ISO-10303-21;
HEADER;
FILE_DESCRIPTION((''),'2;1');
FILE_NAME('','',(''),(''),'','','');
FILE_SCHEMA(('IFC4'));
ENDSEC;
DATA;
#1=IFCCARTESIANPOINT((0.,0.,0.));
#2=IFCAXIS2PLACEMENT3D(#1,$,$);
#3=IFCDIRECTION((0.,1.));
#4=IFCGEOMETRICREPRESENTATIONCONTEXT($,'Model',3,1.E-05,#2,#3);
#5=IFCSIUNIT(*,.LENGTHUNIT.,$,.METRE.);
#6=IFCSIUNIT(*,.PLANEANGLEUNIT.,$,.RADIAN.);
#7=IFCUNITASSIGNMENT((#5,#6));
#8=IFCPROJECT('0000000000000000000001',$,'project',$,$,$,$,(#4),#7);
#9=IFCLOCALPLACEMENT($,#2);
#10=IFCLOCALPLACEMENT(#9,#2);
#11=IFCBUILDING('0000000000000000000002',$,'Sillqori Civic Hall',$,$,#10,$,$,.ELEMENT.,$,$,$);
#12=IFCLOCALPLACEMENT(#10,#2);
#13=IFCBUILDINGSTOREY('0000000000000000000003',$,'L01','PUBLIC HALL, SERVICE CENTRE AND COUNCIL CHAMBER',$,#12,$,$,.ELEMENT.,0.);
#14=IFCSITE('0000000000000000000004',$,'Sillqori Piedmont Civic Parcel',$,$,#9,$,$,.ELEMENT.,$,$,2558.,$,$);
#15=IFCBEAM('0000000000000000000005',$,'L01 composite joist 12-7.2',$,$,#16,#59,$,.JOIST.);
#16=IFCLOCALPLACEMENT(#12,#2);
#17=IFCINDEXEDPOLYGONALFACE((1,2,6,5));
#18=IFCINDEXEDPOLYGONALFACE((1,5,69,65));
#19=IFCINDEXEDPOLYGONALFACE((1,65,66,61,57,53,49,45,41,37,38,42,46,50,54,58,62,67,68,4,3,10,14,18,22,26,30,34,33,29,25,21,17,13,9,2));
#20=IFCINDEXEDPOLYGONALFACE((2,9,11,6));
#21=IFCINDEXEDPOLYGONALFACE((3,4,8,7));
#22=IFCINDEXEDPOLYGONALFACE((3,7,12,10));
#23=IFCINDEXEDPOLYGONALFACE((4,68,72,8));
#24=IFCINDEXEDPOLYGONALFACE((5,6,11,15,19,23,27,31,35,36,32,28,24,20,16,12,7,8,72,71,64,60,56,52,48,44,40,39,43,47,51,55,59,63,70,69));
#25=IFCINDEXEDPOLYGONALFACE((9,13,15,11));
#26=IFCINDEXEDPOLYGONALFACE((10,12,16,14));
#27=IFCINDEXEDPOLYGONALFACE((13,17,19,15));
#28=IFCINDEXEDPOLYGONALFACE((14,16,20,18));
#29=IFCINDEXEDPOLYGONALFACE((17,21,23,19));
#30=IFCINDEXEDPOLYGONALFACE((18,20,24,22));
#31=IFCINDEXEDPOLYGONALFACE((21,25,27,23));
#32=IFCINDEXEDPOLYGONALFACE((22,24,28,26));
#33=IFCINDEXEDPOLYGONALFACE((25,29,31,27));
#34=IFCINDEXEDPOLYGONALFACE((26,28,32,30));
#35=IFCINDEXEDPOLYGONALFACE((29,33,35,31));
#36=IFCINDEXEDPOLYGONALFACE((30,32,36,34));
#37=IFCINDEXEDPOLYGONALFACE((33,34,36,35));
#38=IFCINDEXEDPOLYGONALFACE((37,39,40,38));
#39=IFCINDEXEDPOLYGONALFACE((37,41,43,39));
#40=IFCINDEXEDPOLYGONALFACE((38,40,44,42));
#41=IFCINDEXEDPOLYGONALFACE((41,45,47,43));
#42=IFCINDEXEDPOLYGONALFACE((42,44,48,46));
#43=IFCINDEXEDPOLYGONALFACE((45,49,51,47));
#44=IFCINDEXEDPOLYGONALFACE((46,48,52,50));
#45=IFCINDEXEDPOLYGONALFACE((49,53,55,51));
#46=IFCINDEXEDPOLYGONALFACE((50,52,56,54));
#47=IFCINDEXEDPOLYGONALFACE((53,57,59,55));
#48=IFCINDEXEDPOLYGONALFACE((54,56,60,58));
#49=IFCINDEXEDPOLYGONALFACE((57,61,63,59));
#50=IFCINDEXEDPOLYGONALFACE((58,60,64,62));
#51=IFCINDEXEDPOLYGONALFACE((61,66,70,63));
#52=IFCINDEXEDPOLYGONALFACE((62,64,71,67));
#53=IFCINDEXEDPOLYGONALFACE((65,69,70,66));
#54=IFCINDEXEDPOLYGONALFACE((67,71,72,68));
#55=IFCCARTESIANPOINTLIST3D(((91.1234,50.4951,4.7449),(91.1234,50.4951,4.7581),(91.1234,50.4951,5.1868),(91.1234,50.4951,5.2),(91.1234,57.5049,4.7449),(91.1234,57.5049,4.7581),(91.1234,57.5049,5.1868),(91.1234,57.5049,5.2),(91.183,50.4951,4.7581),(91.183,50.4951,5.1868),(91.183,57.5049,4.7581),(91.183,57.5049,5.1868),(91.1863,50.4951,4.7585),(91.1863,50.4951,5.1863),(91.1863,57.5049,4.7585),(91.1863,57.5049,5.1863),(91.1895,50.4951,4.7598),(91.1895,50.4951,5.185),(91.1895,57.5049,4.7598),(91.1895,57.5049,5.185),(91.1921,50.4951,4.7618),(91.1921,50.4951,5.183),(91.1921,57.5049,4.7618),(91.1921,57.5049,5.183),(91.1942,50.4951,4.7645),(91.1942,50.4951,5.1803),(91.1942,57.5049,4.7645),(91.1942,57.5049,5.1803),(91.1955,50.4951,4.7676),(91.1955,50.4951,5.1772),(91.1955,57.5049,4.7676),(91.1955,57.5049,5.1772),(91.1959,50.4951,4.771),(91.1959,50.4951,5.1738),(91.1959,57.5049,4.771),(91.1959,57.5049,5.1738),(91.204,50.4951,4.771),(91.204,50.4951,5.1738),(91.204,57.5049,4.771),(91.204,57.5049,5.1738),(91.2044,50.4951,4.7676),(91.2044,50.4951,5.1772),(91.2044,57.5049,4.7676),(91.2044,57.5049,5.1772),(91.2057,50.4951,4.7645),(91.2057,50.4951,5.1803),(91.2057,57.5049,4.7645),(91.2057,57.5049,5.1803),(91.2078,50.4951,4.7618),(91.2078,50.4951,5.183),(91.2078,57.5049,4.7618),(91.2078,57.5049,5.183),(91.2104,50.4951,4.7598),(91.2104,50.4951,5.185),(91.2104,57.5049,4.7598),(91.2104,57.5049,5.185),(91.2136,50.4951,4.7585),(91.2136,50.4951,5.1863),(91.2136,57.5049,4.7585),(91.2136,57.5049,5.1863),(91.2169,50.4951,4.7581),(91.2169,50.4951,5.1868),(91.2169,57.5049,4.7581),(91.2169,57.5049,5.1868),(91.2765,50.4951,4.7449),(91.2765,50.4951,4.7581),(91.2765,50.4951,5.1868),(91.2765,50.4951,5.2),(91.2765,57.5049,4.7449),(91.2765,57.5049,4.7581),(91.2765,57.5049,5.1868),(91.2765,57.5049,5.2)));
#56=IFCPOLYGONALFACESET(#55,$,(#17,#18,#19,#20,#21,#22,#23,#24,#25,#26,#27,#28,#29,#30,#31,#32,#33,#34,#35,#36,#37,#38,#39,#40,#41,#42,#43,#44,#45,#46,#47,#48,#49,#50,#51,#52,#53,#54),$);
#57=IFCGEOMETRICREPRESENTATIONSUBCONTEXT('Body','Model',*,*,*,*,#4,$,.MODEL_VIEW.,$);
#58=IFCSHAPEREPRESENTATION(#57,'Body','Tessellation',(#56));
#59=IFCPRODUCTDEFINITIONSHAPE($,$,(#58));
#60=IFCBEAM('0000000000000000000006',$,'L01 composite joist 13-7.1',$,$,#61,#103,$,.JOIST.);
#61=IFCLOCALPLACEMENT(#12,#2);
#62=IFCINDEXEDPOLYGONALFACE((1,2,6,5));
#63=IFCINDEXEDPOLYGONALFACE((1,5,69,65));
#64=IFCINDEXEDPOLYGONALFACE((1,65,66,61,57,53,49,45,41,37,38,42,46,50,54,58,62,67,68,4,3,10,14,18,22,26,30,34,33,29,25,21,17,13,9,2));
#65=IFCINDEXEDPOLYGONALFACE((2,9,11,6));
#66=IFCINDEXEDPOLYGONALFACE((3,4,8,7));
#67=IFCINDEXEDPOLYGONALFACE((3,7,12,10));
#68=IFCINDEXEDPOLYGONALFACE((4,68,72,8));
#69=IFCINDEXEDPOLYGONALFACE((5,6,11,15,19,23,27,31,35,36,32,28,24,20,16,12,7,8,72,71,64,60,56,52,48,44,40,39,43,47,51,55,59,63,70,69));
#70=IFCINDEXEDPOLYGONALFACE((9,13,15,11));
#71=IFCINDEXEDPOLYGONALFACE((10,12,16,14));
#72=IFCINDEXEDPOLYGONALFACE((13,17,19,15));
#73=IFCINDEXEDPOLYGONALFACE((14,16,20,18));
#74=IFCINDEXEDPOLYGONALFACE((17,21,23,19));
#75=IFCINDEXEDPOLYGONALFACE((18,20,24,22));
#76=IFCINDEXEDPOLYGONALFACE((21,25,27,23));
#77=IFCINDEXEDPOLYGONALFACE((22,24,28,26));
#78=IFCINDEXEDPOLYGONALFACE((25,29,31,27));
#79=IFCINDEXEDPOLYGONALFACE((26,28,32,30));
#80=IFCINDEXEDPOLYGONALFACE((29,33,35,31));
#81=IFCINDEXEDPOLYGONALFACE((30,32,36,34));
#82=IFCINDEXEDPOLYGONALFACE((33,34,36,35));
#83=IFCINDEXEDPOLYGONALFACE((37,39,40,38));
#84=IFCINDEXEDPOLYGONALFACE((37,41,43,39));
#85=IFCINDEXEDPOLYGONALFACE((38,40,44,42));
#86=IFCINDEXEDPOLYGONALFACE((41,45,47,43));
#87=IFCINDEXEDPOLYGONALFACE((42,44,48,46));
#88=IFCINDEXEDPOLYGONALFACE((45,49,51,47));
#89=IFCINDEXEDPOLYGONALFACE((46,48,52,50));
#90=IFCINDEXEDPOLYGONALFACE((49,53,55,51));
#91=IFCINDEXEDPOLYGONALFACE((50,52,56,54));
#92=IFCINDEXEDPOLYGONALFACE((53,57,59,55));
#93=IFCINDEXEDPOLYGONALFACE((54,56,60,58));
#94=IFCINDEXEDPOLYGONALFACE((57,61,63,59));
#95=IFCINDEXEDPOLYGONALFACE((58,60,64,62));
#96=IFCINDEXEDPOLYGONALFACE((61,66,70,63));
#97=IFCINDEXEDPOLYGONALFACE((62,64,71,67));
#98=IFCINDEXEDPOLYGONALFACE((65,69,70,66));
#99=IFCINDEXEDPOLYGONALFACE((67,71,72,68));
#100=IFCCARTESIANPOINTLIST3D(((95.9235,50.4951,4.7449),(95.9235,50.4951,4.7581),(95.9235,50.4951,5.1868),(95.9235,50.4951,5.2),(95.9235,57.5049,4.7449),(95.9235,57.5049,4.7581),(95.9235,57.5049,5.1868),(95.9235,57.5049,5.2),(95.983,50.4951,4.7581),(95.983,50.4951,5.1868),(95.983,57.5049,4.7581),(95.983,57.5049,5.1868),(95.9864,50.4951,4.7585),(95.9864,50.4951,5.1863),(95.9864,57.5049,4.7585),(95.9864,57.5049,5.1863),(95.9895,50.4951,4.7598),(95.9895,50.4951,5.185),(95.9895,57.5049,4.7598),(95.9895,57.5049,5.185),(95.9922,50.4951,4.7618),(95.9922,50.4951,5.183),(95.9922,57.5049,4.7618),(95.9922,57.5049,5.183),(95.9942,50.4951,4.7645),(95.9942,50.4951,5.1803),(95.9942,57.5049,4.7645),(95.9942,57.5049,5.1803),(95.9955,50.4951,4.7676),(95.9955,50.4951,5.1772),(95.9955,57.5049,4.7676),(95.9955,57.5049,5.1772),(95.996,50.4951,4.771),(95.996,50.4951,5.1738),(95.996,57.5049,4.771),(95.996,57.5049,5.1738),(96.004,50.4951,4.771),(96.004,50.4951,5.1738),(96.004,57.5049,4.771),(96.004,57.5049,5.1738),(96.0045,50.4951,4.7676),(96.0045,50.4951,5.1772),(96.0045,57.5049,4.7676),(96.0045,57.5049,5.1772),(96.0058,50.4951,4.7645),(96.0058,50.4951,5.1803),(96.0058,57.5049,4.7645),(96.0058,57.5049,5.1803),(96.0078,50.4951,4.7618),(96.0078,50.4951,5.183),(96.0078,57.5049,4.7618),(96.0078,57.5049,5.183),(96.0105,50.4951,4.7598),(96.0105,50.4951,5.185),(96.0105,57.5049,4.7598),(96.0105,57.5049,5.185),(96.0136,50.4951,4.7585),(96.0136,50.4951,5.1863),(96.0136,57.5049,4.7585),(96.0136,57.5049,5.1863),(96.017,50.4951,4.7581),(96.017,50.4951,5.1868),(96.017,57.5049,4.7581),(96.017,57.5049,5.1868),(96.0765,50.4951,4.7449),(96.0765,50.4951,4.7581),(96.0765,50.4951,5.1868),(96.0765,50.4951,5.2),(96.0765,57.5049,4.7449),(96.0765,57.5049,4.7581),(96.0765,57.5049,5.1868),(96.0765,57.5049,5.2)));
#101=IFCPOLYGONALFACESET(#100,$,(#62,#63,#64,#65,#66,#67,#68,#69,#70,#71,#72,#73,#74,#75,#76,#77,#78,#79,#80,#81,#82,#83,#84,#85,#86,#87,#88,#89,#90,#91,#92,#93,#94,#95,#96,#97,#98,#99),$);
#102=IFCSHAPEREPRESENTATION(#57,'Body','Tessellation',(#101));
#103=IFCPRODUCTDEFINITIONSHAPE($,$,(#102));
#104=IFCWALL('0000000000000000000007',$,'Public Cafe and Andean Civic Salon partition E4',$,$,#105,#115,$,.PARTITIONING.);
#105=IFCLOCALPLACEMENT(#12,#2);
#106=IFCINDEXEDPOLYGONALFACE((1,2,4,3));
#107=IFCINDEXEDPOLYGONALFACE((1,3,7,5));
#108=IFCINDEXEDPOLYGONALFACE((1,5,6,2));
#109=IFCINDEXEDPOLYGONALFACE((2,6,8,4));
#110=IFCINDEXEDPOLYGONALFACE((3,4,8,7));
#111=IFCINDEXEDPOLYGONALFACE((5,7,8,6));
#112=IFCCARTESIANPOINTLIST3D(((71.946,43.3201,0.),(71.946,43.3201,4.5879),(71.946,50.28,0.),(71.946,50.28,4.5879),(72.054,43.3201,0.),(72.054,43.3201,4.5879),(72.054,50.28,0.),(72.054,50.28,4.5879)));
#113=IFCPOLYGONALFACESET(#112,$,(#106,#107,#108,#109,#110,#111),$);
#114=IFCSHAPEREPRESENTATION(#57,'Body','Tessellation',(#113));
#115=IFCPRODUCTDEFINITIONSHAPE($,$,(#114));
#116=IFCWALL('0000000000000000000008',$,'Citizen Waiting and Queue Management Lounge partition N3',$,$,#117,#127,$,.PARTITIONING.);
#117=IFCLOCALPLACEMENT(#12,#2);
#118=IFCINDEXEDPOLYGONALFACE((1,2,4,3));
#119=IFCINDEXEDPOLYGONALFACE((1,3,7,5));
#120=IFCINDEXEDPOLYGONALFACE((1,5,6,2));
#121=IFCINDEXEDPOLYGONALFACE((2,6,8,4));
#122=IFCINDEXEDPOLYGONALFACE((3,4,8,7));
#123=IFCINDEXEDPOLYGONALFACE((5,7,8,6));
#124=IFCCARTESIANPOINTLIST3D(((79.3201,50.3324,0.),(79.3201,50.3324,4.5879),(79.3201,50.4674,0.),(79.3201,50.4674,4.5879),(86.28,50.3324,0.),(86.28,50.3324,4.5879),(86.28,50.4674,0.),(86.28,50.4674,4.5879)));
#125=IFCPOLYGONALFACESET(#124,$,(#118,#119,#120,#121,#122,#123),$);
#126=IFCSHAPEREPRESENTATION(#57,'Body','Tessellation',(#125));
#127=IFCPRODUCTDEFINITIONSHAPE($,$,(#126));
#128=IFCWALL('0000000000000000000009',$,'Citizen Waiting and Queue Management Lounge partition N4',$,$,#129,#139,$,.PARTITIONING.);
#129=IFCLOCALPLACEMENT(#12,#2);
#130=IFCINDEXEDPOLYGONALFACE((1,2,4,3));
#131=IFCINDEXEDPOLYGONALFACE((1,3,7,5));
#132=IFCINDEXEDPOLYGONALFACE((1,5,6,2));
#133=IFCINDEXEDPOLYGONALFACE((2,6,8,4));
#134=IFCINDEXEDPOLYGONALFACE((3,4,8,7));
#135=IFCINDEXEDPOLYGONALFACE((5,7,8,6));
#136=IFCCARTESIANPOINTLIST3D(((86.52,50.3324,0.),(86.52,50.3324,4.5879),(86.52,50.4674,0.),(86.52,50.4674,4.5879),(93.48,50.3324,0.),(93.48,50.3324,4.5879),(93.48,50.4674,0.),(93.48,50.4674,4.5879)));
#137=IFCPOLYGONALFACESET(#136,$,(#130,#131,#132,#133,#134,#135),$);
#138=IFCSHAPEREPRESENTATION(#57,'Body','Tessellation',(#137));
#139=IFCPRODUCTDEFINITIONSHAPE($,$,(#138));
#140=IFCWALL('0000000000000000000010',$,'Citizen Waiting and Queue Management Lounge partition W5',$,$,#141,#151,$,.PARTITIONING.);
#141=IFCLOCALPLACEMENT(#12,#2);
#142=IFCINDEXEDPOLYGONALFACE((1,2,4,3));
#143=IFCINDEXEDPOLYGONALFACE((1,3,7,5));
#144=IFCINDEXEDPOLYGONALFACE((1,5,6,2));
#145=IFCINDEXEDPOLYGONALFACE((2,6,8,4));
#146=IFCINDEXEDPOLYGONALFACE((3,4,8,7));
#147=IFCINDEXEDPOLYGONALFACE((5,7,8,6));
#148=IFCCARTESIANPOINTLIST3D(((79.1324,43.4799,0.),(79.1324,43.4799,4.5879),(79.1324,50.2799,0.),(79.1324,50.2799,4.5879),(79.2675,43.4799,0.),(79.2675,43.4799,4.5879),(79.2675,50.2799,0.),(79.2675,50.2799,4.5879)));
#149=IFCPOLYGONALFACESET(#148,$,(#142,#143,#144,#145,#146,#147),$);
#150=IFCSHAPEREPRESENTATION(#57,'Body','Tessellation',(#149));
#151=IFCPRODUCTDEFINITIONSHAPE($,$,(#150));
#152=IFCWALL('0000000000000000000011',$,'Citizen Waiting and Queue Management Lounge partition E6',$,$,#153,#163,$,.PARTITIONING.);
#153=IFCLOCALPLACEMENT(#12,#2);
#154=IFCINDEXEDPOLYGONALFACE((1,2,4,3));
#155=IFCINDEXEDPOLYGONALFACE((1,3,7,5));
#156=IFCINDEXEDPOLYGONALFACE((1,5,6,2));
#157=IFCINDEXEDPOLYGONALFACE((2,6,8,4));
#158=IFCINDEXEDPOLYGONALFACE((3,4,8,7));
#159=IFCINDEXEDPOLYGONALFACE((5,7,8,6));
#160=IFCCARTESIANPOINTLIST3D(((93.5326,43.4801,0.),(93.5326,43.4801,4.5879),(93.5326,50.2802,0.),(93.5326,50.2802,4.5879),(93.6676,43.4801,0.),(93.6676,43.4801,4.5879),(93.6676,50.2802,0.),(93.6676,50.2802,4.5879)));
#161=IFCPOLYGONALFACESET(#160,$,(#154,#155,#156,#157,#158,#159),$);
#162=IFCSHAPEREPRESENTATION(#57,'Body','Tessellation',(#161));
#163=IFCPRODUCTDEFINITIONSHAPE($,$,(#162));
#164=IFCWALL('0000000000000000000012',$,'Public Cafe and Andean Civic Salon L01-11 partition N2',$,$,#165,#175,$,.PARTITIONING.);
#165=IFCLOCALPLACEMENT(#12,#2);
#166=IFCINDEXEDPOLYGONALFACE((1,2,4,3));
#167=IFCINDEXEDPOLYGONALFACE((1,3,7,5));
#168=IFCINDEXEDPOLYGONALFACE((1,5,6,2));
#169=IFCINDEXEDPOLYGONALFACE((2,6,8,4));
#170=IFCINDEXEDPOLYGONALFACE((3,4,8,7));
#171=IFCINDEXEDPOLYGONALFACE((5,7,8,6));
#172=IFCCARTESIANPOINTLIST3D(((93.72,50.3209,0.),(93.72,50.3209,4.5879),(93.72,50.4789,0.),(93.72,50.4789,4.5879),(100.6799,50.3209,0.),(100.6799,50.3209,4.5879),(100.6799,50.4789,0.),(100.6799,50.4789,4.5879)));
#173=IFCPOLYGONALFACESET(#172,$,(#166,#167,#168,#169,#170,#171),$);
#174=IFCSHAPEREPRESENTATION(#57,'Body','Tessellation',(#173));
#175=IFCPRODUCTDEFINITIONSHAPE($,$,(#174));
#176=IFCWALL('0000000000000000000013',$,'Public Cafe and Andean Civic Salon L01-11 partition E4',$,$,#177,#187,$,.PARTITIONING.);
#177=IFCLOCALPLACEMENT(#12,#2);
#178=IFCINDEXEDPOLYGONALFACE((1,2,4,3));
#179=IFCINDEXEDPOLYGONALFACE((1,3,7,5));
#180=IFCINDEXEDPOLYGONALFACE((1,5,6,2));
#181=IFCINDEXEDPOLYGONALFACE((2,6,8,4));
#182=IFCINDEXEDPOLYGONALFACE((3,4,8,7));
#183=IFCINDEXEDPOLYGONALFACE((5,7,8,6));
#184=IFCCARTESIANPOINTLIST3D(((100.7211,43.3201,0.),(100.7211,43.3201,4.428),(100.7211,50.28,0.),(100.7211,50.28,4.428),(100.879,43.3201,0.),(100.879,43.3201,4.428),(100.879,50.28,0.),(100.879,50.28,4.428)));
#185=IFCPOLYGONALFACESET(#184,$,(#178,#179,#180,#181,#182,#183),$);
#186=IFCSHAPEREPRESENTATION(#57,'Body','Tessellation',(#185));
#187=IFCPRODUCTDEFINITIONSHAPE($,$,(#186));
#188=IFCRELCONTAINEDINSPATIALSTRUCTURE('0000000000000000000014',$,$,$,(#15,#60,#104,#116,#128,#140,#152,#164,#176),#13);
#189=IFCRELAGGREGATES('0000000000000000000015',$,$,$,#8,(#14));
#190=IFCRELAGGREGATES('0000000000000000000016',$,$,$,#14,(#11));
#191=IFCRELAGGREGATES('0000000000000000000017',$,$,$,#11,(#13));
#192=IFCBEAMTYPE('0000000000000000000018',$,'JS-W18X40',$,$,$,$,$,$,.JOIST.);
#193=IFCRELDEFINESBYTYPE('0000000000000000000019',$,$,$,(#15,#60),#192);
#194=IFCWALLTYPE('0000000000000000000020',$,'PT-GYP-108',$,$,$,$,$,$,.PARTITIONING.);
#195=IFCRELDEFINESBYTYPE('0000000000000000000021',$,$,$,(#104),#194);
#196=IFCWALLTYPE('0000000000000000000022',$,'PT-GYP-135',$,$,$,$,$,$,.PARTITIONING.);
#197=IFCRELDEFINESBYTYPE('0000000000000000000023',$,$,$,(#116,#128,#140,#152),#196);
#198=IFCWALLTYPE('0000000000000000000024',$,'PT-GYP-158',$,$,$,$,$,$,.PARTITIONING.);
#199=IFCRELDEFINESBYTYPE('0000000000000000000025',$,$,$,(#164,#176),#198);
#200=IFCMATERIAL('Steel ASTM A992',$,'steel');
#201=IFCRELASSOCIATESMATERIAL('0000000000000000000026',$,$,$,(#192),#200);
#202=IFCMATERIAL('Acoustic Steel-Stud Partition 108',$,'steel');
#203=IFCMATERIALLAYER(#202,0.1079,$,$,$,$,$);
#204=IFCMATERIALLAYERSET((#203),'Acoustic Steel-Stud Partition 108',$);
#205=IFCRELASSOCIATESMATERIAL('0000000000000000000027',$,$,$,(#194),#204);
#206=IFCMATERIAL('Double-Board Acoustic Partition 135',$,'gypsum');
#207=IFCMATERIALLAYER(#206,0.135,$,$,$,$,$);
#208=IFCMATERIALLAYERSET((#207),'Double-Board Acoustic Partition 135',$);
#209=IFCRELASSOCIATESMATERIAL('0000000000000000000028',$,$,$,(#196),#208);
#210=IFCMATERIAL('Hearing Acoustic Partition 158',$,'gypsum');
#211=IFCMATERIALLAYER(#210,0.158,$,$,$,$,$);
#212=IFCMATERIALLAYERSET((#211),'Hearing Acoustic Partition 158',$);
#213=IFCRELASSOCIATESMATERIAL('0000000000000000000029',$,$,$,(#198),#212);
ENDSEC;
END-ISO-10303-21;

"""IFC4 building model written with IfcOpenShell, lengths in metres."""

from ifc_helpers import new_model, si_unit, direction, frame, frame_2d, origin, origin_2d, place, context, subcontext, project, spatial, rectangle, i_section, extrude, material, layer, layer_set, material_profile, profile_set, type_object, element, save


model = new_model("IFC4")

# Units and contexts
model_context = context("Model", 3, precision=1e-05, world=origin(), true_north=direction((0.0, 1.0)))
body_context = subcontext(model_context, "Body", "Model", "MODEL_VIEW")
ifc_project = project(units=[si_unit("LENGTHUNIT", "METRE"), si_unit("PLANEANGLEUNIT", "RADIAN")], contexts=[model_context])

# Site, building, storey
site_placement = place(None, origin())
site = spatial("IfcSite", under=ifc_project, at=site_placement, Name="Sillqori Piedmont Civic Parcel", CompositionType="ELEMENT", RefElevation=2558.0)
building_placement = place(site_placement, origin())
building = spatial("IfcBuilding", under=site, at=building_placement, Name="Sillqori Civic Hall", CompositionType="ELEMENT")
storey_placement = place(building_placement, origin())
storey = spatial("IfcBuildingStorey", under=building, at=storey_placement, Name="L01", Description="PUBLIC HALL, SERVICE CENTRE AND COUNCIL CHAMBER", CompositionType="ELEMENT", Elevation=0.0)

# Shared definitions
ifc_material_1 = material(Name="Steel ASTM A992", Category="steel")

# Beams
ifc_material_profile_1 = material_profile(ifc_material_1, i_section(OverallWidth=0.1531, OverallDepth=0.4551, WebThickness=0.0081, FlangeThickness=0.0132, FilletRadius=0.0129, at=origin_2d()), Name="W18X40")
ifc_profile_set_1 = profile_set([ifc_material_profile_1], Name="Steel ASTM A992")
beam_type_1 = type_object("IfcBeamType", Name="JS-W18X40", PredefinedType="JOIST", material=ifc_profile_set_1)
for number, where, z_axis, x_axis, name in (
    (1, (91.2, 50.4951, 4.9724), (0.0, 1.0, 0.0), (-1.0, 0.0, 0.0), "L01 composite joist 12-7.2"),
    (2, (96.0, 50.4951, 4.9724), (0.0, 1.0, 0.0), (-1.0, 0.0, 0.0), "L01 composite joist 13-7.1"),
):
    element("IfcBeam", number, at=place(storey_placement, frame(where, z_axis=z_axis, x_axis=x_axis)), inside=storey, type_object=beam_type_1, Name=name, PredefinedType="JOIST", context=body_context, shape_type="SweptSolid", body=[
        extrude(i_section(OverallWidth=0.1531, OverallDepth=0.4551, WebThickness=0.0081, FlangeThickness=0.0132, FilletRadius=0.0129, at=origin_2d()), origin(), (0.0, 0.0, 1.0), 7.0098),
    ])

# Walls
ifc_material_2 = material(Name="Acoustic Steel-Stud Partition 108", Category="steel")
ifc_layer_1 = layer(ifc_material_2, 0.1079)
ifc_layer_set_1 = layer_set([ifc_layer_1], Name="Acoustic Steel-Stud Partition 108")
wall_type_1 = type_object("IfcWallType", Name="PT-GYP-108", PredefinedType="PARTITIONING", material=ifc_layer_set_1)
wall_1_placement = place(storey_placement, frame((72.0, 50.28, 0.0), z_axis=(0.0, 0.0, 1.0), x_axis=(0.0, -1.0, 0.0)))
element("IfcWall", 3, at=wall_1_placement, inside=storey, type_object=wall_type_1, Name="Public Cafe and Andean Civic Salon partition E4", PredefinedType="PARTITIONING", context=body_context, shape_type="SweptSolid", body=[
    extrude(rectangle(XDim=6.96, YDim=0.1079, at=frame_2d((3.48, 0.0))), origin(), (0.0, 0.0, 1.0), 4.5879),
])
ifc_material_3 = material(Name="Double-Board Acoustic Partition 135", Category="gypsum")
ifc_layer_2 = layer(ifc_material_3, 0.135)
ifc_layer_set_2 = layer_set([ifc_layer_2], Name="Double-Board Acoustic Partition 135")
wall_type_2 = type_object("IfcWallType", Name="PT-GYP-135", PredefinedType="PARTITIONING", material=ifc_layer_set_2)
for number, where, z_axis, x_axis, name in (
    (4, (79.3201, 50.3999, 0.0), (0.0, 0.0, 1.0), (1.0, 0.0, 0.0), "Citizen Waiting and Queue Management Lounge partition N3"),
    (5, (86.52, 50.3999, 0.0), (0.0, 0.0, 1.0), (1.0, 0.0, 0.0), "Citizen Waiting and Queue Management Lounge partition N4"),
):
    element("IfcWall", number, at=place(storey_placement, frame(where, z_axis=z_axis, x_axis=x_axis)), inside=storey, type_object=wall_type_2, Name=name, PredefinedType="PARTITIONING", context=body_context, shape_type="SweptSolid", body=[
        extrude(rectangle(XDim=6.96, YDim=0.135, at=frame_2d((3.48, 0.0))), origin(), (0.0, 0.0, 1.0), 4.5879),
    ])
for number, where, z_axis, x_axis, name in (
    (6, (79.2, 43.48, 0.0), (0.0, 0.0, 1.0), (0.0, 1.0, 0.0), "Citizen Waiting and Queue Management Lounge partition W5"),
    (7, (93.6001, 50.28, 0.0), (0.0, 0.0, 1.0), (0.0, -1.0, 0.0), "Citizen Waiting and Queue Management Lounge partition E6"),
):
    element("IfcWall", number, at=place(storey_placement, frame(where, z_axis=z_axis, x_axis=x_axis)), inside=storey, type_object=wall_type_2, Name=name, PredefinedType="PARTITIONING", context=body_context, shape_type="SweptSolid", body=[
        extrude(rectangle(XDim=6.8, YDim=0.135, at=frame_2d((3.3999, 0.0))), origin(), (0.0, 0.0, 1.0), 4.5879),
    ])
ifc_material_4 = material(Name="Hearing Acoustic Partition 158", Category="gypsum")
ifc_layer_3 = layer(ifc_material_4, 0.158)
ifc_layer_set_3 = layer_set([ifc_layer_3], Name="Hearing Acoustic Partition 158")
wall_type_3 = type_object("IfcWallType", Name="PT-GYP-158", PredefinedType="PARTITIONING", material=ifc_layer_set_3)
wall_2_placement = place(storey_placement, frame((93.72, 50.3999, 0.0), z_axis=(0.0, 0.0, 1.0), x_axis=(1.0, 0.0, 0.0)))
element("IfcWall", 8, at=wall_2_placement, inside=storey, type_object=wall_type_3, Name="Public Cafe and Andean Civic Salon L01-11 partition N2", PredefinedType="PARTITIONING", context=body_context, shape_type="SweptSolid", body=[
    extrude(rectangle(XDim=6.96, YDim=0.158, at=frame_2d((3.48, 0.0))), origin(), (0.0, 0.0, 1.0), 4.5879),
])
wall_3_placement = place(storey_placement, frame((100.8, 50.28, 0.0), z_axis=(0.0, 0.0, 1.0), x_axis=(0.0, -1.0, 0.0)))
element("IfcWall", 9, at=wall_3_placement, inside=storey, type_object=wall_type_3, Name="Public Cafe and Andean Civic Salon L01-11 partition E4", PredefinedType="PARTITIONING", context=body_context, shape_type="SweptSolid", body=[
    extrude(rectangle(XDim=6.96, YDim=0.158, at=frame_2d((3.48, 0.0))), origin(), (0.0, 0.0, 1.0), 4.428),
])

save(model, "model.ifc")
